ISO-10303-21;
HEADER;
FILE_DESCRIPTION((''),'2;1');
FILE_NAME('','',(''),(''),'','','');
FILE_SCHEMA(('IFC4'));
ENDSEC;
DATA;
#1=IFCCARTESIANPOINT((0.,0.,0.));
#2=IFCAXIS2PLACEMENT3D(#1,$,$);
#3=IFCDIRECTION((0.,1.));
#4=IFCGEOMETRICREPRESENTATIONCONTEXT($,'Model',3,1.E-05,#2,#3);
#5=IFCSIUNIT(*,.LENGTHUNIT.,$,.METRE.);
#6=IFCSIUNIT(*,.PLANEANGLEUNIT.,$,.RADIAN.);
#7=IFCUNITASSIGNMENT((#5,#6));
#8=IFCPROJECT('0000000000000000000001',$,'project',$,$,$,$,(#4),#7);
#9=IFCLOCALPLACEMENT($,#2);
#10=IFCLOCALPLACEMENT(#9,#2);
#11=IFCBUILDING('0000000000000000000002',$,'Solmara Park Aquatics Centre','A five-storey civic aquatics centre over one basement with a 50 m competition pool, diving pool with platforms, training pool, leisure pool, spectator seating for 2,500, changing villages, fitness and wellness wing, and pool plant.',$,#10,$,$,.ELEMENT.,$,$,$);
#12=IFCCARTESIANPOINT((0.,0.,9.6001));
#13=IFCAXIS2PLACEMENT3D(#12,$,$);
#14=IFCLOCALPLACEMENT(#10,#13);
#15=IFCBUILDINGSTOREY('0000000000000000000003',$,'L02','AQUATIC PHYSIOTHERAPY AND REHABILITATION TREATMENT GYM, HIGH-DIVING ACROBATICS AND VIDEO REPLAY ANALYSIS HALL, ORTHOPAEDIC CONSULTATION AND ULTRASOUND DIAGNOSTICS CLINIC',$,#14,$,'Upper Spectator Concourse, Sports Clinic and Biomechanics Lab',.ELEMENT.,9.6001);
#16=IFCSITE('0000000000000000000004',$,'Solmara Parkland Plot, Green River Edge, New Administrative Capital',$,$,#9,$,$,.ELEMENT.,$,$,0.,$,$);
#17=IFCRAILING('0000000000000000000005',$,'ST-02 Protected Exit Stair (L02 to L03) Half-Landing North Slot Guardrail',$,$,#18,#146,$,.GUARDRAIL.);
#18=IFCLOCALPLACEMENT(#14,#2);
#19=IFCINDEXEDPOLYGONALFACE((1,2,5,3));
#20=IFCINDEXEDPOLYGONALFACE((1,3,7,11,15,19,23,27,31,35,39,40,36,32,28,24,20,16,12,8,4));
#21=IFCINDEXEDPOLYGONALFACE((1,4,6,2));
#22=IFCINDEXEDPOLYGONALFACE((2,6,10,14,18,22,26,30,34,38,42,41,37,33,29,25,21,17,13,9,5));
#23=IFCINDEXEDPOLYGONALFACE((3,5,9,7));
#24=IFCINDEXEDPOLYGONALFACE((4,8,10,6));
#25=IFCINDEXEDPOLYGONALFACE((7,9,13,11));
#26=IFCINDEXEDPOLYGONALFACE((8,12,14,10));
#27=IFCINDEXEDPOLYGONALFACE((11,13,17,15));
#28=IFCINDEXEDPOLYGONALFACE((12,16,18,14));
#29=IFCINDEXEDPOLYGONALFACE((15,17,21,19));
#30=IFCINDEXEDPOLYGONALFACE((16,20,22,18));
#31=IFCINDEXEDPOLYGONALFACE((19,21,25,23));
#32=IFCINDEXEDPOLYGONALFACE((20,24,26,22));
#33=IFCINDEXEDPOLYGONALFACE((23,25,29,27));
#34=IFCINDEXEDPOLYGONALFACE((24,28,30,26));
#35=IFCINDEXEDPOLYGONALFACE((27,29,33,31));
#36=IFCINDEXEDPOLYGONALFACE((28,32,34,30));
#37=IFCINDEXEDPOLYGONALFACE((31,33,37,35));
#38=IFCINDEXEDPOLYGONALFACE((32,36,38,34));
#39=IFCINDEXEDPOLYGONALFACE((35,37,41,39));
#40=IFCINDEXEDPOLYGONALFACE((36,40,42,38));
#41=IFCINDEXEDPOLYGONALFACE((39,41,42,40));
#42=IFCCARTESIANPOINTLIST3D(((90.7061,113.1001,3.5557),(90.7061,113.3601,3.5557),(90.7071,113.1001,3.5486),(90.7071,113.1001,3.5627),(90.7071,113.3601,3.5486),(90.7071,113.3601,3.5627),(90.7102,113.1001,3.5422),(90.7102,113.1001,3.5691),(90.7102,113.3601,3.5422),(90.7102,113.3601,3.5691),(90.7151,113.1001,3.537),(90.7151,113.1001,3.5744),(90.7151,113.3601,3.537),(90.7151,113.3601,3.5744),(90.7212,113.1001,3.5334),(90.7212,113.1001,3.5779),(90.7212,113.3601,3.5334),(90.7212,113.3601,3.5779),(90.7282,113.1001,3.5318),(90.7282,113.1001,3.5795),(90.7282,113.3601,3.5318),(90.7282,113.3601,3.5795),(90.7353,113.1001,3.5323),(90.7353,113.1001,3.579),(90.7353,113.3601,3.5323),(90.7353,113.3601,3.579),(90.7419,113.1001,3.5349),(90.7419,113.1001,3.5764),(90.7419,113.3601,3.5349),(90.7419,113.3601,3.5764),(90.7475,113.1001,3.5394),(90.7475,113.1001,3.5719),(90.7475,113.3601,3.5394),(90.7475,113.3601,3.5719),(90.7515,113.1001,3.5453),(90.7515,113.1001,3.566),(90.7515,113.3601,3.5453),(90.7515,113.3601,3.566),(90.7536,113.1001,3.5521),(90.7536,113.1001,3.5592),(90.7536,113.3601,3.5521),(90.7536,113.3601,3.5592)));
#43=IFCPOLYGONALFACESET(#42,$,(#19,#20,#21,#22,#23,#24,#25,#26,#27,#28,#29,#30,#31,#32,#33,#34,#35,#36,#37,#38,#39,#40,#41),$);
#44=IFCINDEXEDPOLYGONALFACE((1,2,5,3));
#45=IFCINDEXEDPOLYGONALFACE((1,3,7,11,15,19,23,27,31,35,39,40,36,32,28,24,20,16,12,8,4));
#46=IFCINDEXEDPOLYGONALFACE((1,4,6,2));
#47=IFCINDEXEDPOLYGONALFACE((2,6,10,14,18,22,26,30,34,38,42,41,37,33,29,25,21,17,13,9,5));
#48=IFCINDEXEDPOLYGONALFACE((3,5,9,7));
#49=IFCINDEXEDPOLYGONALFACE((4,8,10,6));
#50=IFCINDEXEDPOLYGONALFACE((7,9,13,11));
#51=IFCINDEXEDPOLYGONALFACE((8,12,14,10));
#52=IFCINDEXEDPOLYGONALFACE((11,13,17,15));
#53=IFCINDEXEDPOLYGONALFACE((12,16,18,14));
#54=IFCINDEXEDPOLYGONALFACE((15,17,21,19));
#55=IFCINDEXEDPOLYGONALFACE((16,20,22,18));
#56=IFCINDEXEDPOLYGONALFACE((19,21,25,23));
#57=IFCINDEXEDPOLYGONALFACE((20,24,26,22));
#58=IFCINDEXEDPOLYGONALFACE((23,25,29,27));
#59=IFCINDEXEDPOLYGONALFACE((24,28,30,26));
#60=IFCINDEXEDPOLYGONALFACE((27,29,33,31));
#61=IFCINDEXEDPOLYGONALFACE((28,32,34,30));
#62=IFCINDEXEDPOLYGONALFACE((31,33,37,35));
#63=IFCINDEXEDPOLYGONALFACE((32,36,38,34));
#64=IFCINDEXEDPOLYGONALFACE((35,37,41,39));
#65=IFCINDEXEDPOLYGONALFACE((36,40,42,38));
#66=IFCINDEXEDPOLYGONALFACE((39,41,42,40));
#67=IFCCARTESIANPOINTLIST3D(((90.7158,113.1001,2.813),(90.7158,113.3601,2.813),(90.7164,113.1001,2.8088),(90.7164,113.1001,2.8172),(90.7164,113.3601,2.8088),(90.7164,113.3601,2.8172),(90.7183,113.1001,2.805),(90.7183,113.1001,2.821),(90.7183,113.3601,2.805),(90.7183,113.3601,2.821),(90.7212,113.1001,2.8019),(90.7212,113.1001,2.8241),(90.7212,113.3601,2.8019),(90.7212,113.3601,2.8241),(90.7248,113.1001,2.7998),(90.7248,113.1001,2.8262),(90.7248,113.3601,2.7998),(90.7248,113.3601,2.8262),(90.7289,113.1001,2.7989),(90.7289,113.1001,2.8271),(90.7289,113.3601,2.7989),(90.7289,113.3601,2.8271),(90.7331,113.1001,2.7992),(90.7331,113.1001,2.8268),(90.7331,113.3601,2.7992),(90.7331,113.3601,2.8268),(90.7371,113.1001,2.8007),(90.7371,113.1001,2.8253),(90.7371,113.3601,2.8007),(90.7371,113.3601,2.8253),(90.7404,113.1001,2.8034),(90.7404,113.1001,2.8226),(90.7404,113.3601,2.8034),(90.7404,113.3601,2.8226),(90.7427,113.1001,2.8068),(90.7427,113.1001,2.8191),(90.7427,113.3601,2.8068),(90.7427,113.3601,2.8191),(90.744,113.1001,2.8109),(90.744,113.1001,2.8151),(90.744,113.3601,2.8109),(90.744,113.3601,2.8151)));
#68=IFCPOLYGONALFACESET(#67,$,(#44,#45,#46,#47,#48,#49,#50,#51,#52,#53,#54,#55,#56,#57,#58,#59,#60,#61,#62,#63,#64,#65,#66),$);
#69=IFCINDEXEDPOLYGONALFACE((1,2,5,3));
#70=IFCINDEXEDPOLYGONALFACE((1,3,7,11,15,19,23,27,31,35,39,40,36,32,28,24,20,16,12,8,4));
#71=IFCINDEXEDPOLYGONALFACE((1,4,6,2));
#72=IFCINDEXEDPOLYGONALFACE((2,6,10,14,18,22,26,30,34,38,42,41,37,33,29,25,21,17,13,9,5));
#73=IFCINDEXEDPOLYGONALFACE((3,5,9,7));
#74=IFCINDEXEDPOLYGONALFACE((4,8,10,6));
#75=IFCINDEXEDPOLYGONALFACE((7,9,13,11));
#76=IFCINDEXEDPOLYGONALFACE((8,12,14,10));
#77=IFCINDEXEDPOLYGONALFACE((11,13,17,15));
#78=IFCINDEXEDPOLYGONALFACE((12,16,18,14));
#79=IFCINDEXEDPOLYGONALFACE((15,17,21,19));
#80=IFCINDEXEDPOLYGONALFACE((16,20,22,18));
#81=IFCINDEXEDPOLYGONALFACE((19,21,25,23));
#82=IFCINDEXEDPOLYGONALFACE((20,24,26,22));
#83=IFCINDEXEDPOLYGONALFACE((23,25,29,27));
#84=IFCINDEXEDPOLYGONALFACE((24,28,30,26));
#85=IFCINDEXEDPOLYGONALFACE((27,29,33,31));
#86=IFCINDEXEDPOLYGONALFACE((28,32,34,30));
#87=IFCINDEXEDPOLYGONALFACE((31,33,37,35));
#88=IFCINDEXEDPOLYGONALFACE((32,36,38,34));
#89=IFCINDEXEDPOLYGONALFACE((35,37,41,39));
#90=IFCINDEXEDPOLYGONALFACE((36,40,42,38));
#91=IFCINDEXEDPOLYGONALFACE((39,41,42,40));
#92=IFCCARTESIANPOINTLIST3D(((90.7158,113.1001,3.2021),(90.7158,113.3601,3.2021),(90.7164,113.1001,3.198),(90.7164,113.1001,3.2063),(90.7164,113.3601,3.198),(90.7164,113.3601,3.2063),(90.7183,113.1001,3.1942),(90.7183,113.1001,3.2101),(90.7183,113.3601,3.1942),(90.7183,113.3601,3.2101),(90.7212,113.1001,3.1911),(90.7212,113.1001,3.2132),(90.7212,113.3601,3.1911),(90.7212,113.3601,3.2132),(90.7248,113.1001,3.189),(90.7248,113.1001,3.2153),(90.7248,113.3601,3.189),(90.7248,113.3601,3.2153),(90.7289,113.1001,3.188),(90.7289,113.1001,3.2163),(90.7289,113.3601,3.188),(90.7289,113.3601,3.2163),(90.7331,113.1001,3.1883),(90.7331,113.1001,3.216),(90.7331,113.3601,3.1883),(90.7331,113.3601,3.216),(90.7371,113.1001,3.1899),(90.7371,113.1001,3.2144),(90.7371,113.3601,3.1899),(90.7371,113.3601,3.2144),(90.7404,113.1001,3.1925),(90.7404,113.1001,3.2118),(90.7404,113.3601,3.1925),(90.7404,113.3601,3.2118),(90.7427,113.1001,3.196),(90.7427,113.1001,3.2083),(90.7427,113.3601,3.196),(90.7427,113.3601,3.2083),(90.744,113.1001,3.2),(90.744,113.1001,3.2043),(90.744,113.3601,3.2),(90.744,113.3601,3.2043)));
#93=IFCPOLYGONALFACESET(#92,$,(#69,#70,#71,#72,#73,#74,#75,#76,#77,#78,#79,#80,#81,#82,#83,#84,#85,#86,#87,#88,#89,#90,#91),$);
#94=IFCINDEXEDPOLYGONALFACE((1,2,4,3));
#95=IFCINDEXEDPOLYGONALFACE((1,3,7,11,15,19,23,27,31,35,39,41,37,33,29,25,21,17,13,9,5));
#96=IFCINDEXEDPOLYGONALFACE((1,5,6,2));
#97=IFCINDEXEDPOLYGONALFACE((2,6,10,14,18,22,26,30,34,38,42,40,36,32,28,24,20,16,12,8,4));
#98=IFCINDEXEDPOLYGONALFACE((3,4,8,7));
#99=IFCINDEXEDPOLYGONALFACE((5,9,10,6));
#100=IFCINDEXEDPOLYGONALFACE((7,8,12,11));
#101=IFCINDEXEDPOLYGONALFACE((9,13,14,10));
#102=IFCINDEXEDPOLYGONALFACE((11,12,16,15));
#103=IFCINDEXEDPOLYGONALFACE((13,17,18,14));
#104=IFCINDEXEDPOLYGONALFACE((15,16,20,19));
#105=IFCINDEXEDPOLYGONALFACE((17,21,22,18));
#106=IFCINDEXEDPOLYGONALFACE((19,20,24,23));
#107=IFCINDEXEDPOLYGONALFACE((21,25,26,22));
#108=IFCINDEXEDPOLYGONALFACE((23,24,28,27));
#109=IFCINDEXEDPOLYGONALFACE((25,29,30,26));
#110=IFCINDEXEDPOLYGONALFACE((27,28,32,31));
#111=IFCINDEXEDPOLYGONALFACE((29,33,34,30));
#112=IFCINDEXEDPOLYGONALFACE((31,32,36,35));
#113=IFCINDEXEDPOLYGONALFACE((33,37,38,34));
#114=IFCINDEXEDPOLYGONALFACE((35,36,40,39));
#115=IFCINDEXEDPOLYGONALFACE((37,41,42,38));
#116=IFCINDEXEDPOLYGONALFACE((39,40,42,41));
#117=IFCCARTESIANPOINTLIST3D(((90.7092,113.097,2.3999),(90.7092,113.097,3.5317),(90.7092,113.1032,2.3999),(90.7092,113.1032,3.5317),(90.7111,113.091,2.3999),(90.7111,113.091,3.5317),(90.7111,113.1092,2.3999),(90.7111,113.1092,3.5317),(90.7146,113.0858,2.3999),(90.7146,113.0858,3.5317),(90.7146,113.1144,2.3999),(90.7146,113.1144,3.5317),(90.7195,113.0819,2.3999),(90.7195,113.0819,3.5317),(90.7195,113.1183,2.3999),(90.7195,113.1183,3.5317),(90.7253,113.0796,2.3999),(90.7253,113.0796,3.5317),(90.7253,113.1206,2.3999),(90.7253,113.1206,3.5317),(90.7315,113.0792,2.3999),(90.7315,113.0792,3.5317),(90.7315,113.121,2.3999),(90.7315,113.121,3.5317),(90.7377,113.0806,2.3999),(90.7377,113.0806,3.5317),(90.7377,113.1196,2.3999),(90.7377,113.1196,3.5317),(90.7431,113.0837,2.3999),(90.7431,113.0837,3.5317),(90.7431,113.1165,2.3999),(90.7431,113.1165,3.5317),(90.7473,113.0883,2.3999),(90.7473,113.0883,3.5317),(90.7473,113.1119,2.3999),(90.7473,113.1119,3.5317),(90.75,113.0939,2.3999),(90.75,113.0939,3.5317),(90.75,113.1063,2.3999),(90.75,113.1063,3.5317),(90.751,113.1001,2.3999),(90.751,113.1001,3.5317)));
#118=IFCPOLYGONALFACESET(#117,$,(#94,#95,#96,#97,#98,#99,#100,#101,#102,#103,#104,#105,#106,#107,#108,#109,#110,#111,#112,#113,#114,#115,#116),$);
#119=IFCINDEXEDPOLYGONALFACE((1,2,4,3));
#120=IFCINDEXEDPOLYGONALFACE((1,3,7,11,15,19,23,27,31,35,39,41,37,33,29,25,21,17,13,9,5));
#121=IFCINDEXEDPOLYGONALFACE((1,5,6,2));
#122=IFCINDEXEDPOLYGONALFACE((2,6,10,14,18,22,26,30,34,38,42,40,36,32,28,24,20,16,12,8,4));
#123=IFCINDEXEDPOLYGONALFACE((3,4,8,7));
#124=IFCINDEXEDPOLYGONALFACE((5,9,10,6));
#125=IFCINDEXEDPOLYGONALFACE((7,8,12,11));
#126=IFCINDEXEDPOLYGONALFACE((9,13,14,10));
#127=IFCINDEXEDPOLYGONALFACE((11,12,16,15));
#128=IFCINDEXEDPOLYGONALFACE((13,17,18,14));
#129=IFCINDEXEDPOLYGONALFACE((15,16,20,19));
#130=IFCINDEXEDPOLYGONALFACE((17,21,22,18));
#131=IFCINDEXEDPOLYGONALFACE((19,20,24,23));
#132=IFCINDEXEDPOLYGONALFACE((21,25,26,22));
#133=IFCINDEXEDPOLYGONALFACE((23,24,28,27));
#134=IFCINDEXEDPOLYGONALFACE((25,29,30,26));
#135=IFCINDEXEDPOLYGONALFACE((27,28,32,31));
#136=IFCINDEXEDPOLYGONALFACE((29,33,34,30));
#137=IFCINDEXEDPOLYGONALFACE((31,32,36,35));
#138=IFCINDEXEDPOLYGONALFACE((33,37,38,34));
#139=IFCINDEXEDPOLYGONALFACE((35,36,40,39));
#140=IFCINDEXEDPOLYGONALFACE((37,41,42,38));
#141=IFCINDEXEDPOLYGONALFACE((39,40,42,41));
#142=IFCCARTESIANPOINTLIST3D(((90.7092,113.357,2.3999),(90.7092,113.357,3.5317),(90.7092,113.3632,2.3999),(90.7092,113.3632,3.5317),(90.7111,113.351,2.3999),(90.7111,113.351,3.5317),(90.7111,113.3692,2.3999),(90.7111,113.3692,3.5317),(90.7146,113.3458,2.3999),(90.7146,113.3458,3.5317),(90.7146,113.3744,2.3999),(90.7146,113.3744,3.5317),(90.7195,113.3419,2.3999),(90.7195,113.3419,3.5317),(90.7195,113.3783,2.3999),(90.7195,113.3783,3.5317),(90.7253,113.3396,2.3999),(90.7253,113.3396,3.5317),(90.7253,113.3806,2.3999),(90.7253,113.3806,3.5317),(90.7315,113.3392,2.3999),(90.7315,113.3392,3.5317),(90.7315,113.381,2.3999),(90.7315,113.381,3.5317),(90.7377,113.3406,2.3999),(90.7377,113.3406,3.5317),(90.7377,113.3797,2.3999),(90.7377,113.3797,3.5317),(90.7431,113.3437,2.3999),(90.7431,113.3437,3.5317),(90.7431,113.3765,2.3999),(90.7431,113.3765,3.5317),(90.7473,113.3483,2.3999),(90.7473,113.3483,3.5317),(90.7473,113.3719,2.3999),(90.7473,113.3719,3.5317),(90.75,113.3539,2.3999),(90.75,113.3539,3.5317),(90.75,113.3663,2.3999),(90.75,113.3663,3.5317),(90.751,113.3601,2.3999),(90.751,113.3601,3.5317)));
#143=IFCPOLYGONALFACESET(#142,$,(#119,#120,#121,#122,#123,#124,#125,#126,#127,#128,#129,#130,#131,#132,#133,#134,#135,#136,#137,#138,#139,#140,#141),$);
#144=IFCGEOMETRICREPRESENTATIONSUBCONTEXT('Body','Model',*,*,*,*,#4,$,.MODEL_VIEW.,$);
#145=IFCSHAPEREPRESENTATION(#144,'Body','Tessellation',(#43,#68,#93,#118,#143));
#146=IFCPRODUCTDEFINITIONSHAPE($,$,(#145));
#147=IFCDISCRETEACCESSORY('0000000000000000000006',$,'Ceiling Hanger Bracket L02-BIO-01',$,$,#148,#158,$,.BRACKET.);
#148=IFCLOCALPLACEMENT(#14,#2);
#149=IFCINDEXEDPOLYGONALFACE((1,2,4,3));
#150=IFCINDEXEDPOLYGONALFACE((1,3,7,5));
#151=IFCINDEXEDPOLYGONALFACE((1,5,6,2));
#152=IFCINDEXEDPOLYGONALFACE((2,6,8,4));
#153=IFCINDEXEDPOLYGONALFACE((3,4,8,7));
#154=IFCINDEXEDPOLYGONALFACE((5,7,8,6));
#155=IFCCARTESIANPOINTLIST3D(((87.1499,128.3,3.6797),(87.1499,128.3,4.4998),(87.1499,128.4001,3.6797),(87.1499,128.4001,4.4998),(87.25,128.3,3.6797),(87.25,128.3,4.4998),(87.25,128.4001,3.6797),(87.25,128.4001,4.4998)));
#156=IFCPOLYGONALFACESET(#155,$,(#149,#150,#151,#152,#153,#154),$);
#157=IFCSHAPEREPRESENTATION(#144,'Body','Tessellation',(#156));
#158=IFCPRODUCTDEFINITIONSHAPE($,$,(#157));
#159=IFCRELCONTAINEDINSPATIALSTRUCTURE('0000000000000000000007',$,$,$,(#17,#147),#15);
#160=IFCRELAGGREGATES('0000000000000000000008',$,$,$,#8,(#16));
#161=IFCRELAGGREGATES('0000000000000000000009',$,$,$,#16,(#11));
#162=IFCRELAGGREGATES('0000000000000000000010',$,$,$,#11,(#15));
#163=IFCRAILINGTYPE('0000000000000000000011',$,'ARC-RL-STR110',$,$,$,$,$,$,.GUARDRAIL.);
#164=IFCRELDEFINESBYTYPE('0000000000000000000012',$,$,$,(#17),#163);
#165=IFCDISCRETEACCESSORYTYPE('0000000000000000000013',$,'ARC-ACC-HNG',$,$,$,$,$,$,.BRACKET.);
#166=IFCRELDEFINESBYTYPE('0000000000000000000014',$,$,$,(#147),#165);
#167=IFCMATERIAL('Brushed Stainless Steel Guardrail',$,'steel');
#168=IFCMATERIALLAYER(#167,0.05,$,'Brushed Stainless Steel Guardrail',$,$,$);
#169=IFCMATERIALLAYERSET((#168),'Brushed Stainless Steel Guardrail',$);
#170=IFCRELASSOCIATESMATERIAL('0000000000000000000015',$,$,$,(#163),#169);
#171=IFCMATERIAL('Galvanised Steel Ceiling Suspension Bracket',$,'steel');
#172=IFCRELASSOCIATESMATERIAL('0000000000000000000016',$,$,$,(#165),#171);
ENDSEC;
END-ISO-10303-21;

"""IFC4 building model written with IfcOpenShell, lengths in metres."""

from ifc_helpers import new_model, si_unit, direction, frame, origin, origin_2d, place, context, subcontext, project, spatial, rectangle, circle, extrude, material, layer, layer_set, type_object, element, save


model = new_model("IFC4")

# Units and contexts
model_context = context("Model", 3, precision=1e-05, world=origin(), true_north=direction((0.0, 1.0)))
body_context = subcontext(model_context, "Body", "Model", "MODEL_VIEW")
ifc_project = project(units=[si_unit("LENGTHUNIT", "METRE"), si_unit("PLANEANGLEUNIT", "RADIAN")], contexts=[model_context])

# Site, building, storey
site_placement = place(None, origin())
site = spatial("IfcSite", under=ifc_project, at=site_placement, Name="Solmara Parkland Plot, Green River Edge, New Administrative Capital", CompositionType="ELEMENT", RefElevation=0.0)
building_placement = place(site_placement, origin())
building = spatial("IfcBuilding", under=site, at=building_placement, Name="Solmara Park Aquatics Centre", Description="A five-storey civic aquatics centre over one basement with a 50 m competition pool, diving pool with platforms, training pool, leisure pool, spectator seating for 2,500, changing villages, fitness and wellness wing, and pool plant.", CompositionType="ELEMENT")
storey_placement = place(building_placement, frame((0.0, 0.0, 9.6001)))
storey = spatial("IfcBuildingStorey", under=building, at=storey_placement, Name="L02", Description="AQUATIC PHYSIOTHERAPY AND REHABILITATION TREATMENT GYM, HIGH-DIVING ACROBATICS AND VIDEO REPLAY ANALYSIS HALL, ORTHOPAEDIC CONSULTATION AND ULTRASOUND DIAGNOSTICS CLINIC", LongName="Upper Spectator Concourse, Sports Clinic and Biomechanics Lab", CompositionType="ELEMENT", Elevation=9.6001)

# Railing
ifc_material_1 = material(Name="Brushed Stainless Steel Guardrail", Category="steel")
ifc_layer_1 = layer(ifc_material_1, 0.05, Name="Brushed Stainless Steel Guardrail")
ifc_layer_set_1 = layer_set([ifc_layer_1], Name="Brushed Stainless Steel Guardrail")
railing_type_1 = type_object("IfcRailingType", Name="ARC-RL-STR110", PredefinedType="GUARDRAIL", material=ifc_layer_set_1)
railing_1_placement = place(storey_placement, frame((90.73, 113.1001, 2.3999)))
element("IfcRailing", 1, at=railing_1_placement, inside=storey, type_object=railing_type_1, Name="ST-02 Protected Exit Stair (L02 to L03) Half-Landing North Slot Guardrail", PredefinedType="GUARDRAIL", context=body_context, shape_type="SweptSolid", body=[
    extrude(circle(Radius=0.0239, at=origin_2d()), frame((0.0, 0.0, 1.1558), z_axis=(0.0, 1.0, 0.0), x_axis=(-1.0, 0.0, 0.0)), (0.0, 0.0, 1.0), 0.26),
    extrude(circle(Radius=0.0142, at=origin_2d()), frame((0.0, 0.0, 0.4131), z_axis=(0.0, 1.0, 0.0), x_axis=(-1.0, 0.0, 0.0)), (0.0, 0.0, 1.0), 0.26),
    extrude(circle(Radius=0.0142, at=origin_2d()), frame((0.0, 0.0, 0.8022), z_axis=(0.0, 1.0, 0.0), x_axis=(-1.0, 0.0, 0.0)), (0.0, 0.0, 1.0), 0.26),
    extrude(circle(Radius=0.021, at=origin_2d()), origin(), (0.0, 0.0, 1.0), 1.1318),
    extrude(circle(Radius=0.021, at=origin_2d()), frame((0.0, 0.26, 0.0)), (0.0, 0.0, 1.0), 1.1318),
])

# Discrete accessory
ifc_material_2 = material(Name="Galvanised Steel Ceiling Suspension Bracket", Category="steel")
discrete_accessory_type = type_object("IfcDiscreteAccessoryType", Name="ARC-ACC-HNG", PredefinedType="BRACKET", material=ifc_material_2)
discrete_accessory_placement = place(storey_placement, frame((87.2, 128.3501, 3.6797), z_axis=(0.0, 0.0, 1.0), x_axis=(1.0, 0.0, 0.0)))
element("IfcDiscreteAccessory", 2, at=discrete_accessory_placement, inside=storey, type_object=discrete_accessory_type, Name="Ceiling Hanger Bracket L02-BIO-01", PredefinedType="BRACKET", context=body_context, shape_type="SweptSolid", body=[
    extrude(rectangle(XDim=0.1001, YDim=0.1001, at=origin_2d()), origin(), (0.0, 0.0, 1.0), 0.8201),
])

save(model, "model.ifc")
